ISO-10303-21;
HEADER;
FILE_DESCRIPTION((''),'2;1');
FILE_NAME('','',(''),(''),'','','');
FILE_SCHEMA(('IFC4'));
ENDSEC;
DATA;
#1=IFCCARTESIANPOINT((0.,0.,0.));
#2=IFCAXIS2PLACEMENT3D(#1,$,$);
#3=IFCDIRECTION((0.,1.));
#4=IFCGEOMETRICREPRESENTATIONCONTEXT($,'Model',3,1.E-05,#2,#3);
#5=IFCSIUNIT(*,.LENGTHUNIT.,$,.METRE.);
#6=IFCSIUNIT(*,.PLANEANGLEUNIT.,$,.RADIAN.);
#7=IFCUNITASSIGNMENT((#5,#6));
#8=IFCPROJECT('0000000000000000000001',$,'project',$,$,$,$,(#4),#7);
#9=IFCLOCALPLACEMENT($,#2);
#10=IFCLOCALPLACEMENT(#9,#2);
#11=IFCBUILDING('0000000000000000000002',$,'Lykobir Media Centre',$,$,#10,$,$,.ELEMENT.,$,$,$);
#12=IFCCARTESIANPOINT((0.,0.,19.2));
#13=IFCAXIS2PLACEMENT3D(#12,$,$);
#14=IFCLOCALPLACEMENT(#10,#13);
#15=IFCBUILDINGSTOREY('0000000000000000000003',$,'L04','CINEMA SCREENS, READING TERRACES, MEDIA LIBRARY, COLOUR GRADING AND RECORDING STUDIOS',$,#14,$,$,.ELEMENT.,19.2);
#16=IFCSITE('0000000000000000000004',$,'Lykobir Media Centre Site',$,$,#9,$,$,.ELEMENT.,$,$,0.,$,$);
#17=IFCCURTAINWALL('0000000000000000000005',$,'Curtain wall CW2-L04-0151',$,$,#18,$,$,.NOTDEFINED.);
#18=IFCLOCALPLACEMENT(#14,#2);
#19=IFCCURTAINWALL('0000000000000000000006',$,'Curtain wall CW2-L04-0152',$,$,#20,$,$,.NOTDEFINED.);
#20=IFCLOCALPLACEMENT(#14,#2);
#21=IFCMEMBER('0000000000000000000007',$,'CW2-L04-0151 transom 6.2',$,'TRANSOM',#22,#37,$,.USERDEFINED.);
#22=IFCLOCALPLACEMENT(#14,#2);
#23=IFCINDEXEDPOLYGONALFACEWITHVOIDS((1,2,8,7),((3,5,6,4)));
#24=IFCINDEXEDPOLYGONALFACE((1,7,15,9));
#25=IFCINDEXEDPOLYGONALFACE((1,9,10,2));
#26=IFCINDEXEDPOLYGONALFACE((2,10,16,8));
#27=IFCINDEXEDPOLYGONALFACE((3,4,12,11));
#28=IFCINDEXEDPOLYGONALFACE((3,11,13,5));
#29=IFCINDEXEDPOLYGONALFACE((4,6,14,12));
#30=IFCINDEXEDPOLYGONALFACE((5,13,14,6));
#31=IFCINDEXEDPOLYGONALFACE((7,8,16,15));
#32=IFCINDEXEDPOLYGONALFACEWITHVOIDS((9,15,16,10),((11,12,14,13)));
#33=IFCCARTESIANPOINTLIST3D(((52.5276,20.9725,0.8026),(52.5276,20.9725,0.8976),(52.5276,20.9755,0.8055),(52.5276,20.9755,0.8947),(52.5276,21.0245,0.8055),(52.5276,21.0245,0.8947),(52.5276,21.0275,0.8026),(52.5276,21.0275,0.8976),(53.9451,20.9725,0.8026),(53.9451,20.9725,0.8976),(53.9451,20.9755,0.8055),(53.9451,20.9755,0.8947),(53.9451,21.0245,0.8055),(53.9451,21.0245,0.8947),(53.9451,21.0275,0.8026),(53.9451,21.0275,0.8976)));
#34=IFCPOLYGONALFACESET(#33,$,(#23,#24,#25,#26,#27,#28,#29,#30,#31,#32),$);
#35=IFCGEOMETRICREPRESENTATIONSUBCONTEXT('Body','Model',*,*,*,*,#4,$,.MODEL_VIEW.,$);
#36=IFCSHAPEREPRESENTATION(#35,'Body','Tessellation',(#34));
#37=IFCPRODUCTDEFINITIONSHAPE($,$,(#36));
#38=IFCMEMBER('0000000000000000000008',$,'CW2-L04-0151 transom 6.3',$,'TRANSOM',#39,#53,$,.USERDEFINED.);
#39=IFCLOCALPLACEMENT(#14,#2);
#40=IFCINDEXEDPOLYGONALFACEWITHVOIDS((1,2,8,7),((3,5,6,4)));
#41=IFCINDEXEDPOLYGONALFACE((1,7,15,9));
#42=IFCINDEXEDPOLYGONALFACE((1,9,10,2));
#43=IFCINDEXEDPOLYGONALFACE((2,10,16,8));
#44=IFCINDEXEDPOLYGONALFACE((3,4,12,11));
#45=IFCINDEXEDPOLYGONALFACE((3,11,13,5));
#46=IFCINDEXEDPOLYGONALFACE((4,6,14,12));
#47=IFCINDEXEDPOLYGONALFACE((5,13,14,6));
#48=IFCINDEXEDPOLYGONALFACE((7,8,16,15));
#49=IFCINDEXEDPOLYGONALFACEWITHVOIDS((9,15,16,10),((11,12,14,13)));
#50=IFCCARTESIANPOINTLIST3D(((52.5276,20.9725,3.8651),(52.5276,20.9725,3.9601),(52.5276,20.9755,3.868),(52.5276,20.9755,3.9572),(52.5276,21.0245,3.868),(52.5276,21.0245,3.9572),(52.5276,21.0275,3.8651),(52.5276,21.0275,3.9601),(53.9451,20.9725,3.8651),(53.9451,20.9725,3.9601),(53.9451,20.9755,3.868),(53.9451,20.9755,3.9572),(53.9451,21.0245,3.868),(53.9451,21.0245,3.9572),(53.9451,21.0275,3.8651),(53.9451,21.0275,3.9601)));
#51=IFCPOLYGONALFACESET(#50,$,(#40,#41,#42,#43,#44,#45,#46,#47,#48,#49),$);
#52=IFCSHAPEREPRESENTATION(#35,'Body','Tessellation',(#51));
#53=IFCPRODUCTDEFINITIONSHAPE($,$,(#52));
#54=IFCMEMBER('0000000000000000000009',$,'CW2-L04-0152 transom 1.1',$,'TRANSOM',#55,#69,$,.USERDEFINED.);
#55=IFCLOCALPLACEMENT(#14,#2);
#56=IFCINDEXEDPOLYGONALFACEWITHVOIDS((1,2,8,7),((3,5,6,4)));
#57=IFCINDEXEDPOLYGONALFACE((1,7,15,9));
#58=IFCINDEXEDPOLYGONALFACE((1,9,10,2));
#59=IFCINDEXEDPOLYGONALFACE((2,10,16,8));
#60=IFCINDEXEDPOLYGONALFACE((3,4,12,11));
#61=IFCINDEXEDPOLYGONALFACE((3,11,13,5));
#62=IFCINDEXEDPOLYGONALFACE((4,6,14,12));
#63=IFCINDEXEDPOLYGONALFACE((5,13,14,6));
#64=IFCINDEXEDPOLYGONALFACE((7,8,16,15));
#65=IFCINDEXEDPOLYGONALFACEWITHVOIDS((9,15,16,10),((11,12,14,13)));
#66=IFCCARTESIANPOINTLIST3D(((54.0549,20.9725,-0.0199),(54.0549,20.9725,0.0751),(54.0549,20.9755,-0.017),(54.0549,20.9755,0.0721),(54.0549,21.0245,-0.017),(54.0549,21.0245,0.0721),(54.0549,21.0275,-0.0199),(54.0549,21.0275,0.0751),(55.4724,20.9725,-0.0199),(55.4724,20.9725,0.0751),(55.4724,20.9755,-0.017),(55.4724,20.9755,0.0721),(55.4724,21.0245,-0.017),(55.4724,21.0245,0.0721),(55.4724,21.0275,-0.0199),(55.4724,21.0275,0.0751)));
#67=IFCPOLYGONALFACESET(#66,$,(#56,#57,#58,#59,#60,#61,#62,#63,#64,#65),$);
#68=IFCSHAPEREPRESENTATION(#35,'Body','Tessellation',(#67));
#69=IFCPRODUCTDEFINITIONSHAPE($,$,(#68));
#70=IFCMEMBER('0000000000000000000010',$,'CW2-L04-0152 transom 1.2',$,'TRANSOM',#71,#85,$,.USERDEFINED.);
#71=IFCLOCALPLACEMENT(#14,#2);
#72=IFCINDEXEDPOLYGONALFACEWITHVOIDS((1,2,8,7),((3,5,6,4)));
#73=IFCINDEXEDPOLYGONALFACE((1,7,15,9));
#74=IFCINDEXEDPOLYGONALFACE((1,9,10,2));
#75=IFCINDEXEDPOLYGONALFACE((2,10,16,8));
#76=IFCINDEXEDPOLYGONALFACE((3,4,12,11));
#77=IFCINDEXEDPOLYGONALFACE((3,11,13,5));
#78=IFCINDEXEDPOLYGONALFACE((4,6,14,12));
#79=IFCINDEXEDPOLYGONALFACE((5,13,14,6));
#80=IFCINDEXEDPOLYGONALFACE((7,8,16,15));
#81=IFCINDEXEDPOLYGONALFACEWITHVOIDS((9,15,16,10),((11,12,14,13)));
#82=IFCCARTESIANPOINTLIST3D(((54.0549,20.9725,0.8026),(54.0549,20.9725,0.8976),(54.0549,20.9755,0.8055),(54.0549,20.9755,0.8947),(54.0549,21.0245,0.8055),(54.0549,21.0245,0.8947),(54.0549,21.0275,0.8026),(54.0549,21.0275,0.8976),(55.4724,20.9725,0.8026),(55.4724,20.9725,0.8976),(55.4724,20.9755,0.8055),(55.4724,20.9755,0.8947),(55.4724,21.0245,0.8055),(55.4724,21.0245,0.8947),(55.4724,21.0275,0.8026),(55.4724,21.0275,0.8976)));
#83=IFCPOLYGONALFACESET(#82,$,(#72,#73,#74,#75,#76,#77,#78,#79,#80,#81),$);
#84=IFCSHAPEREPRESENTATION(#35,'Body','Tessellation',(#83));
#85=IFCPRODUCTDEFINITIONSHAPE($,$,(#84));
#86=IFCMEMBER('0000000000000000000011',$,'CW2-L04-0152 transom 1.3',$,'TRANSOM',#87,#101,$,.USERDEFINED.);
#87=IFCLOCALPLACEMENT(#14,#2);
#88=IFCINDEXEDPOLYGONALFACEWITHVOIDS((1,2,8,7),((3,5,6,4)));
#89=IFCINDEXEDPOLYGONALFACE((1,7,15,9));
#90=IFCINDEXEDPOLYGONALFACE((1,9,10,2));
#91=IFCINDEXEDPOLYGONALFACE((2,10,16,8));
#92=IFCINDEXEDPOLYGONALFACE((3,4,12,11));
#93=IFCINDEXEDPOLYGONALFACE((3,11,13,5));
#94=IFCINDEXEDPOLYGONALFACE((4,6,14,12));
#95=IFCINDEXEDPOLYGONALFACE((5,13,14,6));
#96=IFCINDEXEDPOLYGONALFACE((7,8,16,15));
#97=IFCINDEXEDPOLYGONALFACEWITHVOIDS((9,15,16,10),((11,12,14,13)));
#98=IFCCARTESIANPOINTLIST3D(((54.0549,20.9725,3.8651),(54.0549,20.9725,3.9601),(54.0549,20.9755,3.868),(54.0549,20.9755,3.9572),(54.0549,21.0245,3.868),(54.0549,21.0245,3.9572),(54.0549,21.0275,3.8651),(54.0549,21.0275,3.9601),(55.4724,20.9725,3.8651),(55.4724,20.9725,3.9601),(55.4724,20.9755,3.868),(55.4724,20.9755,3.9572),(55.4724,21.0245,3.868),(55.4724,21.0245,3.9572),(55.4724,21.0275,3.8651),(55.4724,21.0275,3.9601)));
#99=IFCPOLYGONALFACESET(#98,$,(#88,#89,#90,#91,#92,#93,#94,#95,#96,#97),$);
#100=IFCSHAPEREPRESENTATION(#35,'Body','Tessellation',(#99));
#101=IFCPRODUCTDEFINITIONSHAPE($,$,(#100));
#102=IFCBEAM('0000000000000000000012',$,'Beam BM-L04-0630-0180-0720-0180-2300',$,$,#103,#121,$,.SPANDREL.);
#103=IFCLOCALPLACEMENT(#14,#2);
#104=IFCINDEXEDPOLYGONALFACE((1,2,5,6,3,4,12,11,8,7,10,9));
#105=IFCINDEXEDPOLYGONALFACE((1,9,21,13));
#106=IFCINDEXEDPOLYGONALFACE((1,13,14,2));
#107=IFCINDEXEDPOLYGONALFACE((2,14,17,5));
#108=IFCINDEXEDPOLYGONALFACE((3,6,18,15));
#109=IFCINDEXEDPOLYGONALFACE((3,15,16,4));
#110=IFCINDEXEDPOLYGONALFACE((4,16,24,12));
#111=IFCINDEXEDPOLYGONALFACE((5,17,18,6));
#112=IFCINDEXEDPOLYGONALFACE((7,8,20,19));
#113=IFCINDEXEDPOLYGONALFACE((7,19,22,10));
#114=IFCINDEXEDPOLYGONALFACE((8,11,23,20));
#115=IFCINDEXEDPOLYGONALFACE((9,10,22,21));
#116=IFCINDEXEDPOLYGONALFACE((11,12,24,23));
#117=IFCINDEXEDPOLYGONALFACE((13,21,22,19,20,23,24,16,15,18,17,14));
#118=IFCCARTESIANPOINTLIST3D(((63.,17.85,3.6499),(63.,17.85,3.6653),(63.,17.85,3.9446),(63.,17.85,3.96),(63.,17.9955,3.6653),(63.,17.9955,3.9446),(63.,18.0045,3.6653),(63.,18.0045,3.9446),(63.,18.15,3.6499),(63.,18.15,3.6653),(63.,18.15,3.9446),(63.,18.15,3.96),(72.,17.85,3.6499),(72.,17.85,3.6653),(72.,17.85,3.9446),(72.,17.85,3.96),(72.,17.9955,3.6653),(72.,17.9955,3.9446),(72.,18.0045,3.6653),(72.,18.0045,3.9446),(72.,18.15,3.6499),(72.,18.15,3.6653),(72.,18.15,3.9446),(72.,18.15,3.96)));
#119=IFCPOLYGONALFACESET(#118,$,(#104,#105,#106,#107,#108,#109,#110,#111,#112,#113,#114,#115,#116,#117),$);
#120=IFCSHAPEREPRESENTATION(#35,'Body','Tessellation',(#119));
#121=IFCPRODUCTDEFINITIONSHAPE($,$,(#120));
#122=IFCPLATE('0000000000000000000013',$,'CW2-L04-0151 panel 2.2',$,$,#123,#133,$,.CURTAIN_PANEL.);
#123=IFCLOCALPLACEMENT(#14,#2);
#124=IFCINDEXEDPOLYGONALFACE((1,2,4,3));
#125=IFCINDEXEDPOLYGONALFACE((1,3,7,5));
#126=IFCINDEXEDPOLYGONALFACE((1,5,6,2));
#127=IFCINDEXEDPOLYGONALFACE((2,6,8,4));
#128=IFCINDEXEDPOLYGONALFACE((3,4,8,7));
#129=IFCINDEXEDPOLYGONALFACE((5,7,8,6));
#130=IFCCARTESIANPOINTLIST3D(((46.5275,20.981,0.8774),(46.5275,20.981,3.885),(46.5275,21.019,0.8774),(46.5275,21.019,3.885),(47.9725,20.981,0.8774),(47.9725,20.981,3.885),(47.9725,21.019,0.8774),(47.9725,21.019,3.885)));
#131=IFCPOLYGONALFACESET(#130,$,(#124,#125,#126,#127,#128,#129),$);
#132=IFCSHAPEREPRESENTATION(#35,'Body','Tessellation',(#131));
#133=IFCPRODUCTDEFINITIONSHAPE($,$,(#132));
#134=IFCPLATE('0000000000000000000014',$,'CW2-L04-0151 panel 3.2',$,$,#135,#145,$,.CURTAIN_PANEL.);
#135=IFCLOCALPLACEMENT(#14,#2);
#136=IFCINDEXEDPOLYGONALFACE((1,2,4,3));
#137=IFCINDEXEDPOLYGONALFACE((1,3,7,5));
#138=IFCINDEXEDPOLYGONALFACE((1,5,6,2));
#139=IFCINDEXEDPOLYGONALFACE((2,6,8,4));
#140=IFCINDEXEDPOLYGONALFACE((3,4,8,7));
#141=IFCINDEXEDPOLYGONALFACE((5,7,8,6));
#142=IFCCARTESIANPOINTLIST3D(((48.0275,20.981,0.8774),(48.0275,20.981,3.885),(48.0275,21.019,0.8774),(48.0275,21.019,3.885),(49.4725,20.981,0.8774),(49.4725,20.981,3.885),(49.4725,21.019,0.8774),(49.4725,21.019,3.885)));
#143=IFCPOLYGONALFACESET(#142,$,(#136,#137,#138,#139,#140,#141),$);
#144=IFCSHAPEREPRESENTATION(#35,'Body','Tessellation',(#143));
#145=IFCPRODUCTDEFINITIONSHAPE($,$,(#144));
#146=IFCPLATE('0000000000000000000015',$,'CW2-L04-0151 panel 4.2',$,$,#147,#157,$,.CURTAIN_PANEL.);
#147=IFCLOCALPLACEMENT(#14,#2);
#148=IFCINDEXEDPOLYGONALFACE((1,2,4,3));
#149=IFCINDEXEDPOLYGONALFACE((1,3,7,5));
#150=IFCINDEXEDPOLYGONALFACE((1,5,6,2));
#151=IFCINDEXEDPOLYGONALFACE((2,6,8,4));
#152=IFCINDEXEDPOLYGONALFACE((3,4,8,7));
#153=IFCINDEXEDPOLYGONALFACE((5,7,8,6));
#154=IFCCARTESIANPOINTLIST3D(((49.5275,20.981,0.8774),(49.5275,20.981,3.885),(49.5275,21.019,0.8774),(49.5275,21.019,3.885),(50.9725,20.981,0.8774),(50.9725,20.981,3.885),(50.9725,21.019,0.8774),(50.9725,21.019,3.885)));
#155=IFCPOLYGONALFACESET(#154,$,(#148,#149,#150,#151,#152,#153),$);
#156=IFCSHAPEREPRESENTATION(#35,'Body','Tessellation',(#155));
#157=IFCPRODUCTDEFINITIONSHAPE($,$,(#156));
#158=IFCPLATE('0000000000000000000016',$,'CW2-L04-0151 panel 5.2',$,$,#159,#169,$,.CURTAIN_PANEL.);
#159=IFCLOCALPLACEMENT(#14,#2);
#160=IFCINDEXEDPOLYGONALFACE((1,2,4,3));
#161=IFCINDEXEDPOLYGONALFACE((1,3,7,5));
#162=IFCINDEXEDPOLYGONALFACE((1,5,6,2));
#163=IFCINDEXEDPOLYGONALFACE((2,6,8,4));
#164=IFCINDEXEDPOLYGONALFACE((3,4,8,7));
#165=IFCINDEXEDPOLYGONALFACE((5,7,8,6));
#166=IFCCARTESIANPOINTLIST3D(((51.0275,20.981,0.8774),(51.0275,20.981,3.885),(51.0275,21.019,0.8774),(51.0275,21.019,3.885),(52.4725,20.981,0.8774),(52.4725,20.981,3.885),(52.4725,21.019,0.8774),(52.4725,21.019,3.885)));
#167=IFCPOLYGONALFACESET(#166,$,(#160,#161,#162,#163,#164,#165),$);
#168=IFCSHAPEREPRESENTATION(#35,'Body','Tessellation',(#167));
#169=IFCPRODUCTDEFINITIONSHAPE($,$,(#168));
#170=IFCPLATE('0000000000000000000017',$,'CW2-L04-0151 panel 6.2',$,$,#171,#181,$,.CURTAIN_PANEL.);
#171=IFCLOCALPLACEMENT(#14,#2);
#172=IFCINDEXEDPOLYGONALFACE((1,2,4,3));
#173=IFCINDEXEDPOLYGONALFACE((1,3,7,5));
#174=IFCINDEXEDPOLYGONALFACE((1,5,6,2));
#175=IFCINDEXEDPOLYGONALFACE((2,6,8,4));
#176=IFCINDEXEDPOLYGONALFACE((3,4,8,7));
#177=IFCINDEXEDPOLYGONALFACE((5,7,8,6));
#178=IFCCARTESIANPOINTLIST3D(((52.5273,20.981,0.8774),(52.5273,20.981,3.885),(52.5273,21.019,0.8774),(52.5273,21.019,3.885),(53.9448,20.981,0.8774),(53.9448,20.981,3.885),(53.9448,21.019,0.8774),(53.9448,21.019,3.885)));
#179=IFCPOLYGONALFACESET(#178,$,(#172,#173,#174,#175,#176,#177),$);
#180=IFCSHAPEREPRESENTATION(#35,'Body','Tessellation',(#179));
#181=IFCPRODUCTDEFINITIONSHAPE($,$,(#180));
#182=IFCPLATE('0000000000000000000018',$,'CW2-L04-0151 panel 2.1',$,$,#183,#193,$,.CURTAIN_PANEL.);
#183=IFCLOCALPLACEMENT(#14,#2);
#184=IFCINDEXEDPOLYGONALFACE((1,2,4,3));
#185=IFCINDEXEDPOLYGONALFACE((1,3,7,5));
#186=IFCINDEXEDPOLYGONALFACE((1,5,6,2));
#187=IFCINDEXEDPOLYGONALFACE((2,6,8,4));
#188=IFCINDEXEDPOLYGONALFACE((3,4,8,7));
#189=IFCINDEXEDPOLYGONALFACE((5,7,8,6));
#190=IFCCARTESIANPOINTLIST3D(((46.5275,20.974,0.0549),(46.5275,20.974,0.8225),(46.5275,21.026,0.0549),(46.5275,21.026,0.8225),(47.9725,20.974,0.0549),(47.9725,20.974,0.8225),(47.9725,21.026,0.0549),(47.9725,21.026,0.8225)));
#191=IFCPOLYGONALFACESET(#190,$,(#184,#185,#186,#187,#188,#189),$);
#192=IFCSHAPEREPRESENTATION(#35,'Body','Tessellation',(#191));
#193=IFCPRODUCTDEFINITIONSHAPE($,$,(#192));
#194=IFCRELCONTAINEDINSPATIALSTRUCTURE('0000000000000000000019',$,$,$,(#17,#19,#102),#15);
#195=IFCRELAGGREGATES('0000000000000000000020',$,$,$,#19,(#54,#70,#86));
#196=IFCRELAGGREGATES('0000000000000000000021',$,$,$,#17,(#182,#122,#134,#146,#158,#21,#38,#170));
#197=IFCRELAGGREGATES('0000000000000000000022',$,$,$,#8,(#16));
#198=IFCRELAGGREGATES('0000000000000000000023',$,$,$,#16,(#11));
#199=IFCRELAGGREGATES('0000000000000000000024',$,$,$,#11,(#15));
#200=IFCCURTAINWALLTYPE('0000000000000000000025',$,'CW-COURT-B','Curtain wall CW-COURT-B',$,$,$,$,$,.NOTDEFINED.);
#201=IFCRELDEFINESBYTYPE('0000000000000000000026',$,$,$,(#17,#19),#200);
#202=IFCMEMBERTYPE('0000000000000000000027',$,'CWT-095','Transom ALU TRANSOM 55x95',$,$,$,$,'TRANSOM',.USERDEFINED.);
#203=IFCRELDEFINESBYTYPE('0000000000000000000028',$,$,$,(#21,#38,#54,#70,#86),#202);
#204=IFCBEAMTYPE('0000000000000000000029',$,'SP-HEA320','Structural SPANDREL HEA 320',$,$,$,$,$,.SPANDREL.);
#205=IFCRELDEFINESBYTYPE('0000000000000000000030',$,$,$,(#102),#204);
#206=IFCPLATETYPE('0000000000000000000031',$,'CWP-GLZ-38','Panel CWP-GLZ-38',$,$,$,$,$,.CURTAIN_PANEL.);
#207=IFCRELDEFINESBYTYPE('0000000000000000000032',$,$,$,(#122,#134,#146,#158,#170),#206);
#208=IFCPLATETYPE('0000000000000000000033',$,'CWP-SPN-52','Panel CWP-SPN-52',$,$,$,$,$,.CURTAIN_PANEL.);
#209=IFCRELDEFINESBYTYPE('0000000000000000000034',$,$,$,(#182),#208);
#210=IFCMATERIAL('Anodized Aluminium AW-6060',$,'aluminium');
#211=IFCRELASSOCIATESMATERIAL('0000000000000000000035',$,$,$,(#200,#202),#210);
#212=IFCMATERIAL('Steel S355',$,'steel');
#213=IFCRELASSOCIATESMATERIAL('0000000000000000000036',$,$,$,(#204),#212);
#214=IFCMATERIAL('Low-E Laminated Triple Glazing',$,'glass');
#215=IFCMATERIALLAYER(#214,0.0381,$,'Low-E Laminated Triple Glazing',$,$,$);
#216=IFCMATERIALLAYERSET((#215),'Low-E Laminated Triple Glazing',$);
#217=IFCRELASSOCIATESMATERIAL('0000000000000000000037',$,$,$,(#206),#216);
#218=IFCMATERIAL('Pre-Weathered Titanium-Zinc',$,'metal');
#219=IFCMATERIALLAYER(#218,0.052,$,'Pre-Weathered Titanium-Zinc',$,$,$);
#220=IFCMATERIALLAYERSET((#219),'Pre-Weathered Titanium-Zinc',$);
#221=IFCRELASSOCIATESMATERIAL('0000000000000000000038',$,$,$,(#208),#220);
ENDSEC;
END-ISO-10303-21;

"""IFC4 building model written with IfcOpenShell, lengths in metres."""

from ifc_helpers import new_model, si_unit, direction, frame, origin, origin_2d, place, context, subcontext, project, spatial, rectangle, hollow_rectangle, i_section, extrude, material, layer, layer_set, material_profile, profile_set, type_object, element, aggregate, save


model = new_model("IFC4")

# Units and contexts
model_context = context("Model", 3, precision=1e-05, world=origin(), true_north=direction((0.0, 1.0)))
body_context = subcontext(model_context, "Body", "Model", "MODEL_VIEW")
ifc_project = project(units=[si_unit("LENGTHUNIT", "METRE"), si_unit("PLANEANGLEUNIT", "RADIAN")], contexts=[model_context])

# Site, building, storey
site_placement = place(None, origin())
site = spatial("IfcSite", under=ifc_project, at=site_placement, Name="Lykobir Media Centre Site", CompositionType="ELEMENT", RefElevation=0.0)
building_placement = place(site_placement, origin())
building = spatial("IfcBuilding", under=site, at=building_placement, Name="Lykobir Media Centre", CompositionType="ELEMENT")
storey_placement = place(building_placement, frame((0.0, 0.0, 19.2)))
storey = spatial("IfcBuildingStorey", under=building, at=storey_placement, Name="L04", Description="CINEMA SCREENS, READING TERRACES, MEDIA LIBRARY, COLOUR GRADING AND RECORDING STUDIOS", CompositionType="ELEMENT", Elevation=19.2)

# Shared definitions
ifc_material_1 = material(Name="Steel S355", Category="steel")

# Curtain wall
ifc_material_2 = material(Name="Anodized Aluminium AW-6060", Category="aluminium")
curtain_wall_type = type_object("IfcCurtainWallType", Name="CW-COURT-B", Description="Curtain wall CW-COURT-B", PredefinedType="NOTDEFINED", material=ifc_material_2)
curtain_wall_1_placement = place(storey_placement, origin())
curtain_wall_1 = element("IfcCurtainWall", 1, at=curtain_wall_1_placement, inside=storey, type_object=curtain_wall_type, Name="Curtain wall CW2-L04-0151", PredefinedType="NOTDEFINED")

# Curtain wall
curtain_wall_2_placement = place(storey_placement, origin())
curtain_wall_2 = element("IfcCurtainWall", 2, at=curtain_wall_2_placement, inside=storey, type_object=curtain_wall_type, Name="Curtain wall CW2-L04-0152", PredefinedType="NOTDEFINED")

# Members
ifc_material_profile_1 = material_profile(ifc_material_2, hollow_rectangle(XDim=0.0549, YDim=0.095, WallThickness=0.0029, at=origin_2d()), Name="ALU TRANSOM 55x95")
ifc_profile_set_1 = profile_set([ifc_material_profile_1], Name="Anodized Aluminium AW-6060")
member_type_1 = type_object("IfcMemberType", Name="CWT-095", Description="Transom ALU TRANSOM 55x95", ElementType="TRANSOM", PredefinedType="USERDEFINED", material=ifc_profile_set_1)
member_1_placement = place(storey_placement, frame((52.5276, 21.0, 0.8501), z_axis=(1.0, 0.0, 0.0), x_axis=(0.0, 1.0, 0.0)))
member_1 = element("IfcMember", 3, at=member_1_placement, type_object=member_type_1, Name="CW2-L04-0151 transom 6.2", ObjectType="TRANSOM", PredefinedType="USERDEFINED", context=body_context, shape_type="SweptSolid", body=[
    extrude(hollow_rectangle(XDim=0.0549, YDim=0.095, WallThickness=0.0029, at=origin_2d()), origin(), (0.0, 0.0, 1.0), 1.4175),
])
member_2_placement = place(storey_placement, frame((52.5276, 21.0, 3.9126), z_axis=(1.0, 0.0, 0.0), x_axis=(0.0, 1.0, 0.0)))
member_2 = element("IfcMember", 4, at=member_2_placement, type_object=member_type_1, Name="CW2-L04-0151 transom 6.3", ObjectType="TRANSOM", PredefinedType="USERDEFINED", context=body_context, shape_type="SweptSolid", body=[
    extrude(hollow_rectangle(XDim=0.0549, YDim=0.095, WallThickness=0.0029, at=origin_2d()), origin(), (0.0, 0.0, 1.0), 1.4175),
])
member_3_placement = place(storey_placement, frame((54.0549, 21.0, 0.0276), z_axis=(1.0, 0.0, 0.0), x_axis=(0.0, 1.0, 0.0)))
member_3 = element("IfcMember", 5, at=member_3_placement, type_object=member_type_1, Name="CW2-L04-0152 transom 1.1", ObjectType="TRANSOM", PredefinedType="USERDEFINED", context=body_context, shape_type="SweptSolid", body=[
    extrude(hollow_rectangle(XDim=0.0549, YDim=0.095, WallThickness=0.0029, at=origin_2d()), origin(), (0.0, 0.0, 1.0), 1.4175),
])
member_4_placement = place(storey_placement, frame((54.0549, 21.0, 0.8501), z_axis=(1.0, 0.0, 0.0), x_axis=(0.0, 1.0, 0.0)))
member_4 = element("IfcMember", 6, at=member_4_placement, type_object=member_type_1, Name="CW2-L04-0152 transom 1.2", ObjectType="TRANSOM", PredefinedType="USERDEFINED", context=body_context, shape_type="SweptSolid", body=[
    extrude(hollow_rectangle(XDim=0.0549, YDim=0.095, WallThickness=0.0029, at=origin_2d()), origin(), (0.0, 0.0, 1.0), 1.4175),
])
member_5_placement = place(storey_placement, frame((54.0549, 21.0, 3.9126), z_axis=(1.0, 0.0, 0.0), x_axis=(0.0, 1.0, 0.0)))
member_5 = element("IfcMember", 7, at=member_5_placement, type_object=member_type_1, Name="CW2-L04-0152 transom 1.3", ObjectType="TRANSOM", PredefinedType="USERDEFINED", context=body_context, shape_type="SweptSolid", body=[
    extrude(hollow_rectangle(XDim=0.0549, YDim=0.095, WallThickness=0.0029, at=origin_2d()), origin(), (0.0, 0.0, 1.0), 1.4175),
])
aggregate(curtain_wall_2, [member_3, member_4, member_5])

# Beam
ifc_material_profile_2 = material_profile(ifc_material_1, i_section(OverallWidth=0.3, OverallDepth=0.3101, WebThickness=0.009, FlangeThickness=0.0154, at=origin_2d()), Name="HEA 320")
ifc_profile_set_2 = profile_set([ifc_material_profile_2], Name="Steel S355")
beam_type = type_object("IfcBeamType", Name="SP-HEA320", Description="Structural SPANDREL HEA 320", PredefinedType="SPANDREL", material=ifc_profile_set_2)
beam_placement = place(storey_placement, frame((63.0, 18.0, 3.8049), z_axis=(1.0, 0.0, 0.0), x_axis=(0.0, 1.0, 0.0)))
element("IfcBeam", 8, at=beam_placement, inside=storey, type_object=beam_type, Name="Beam BM-L04-0630-0180-0720-0180-2300", PredefinedType="SPANDREL", context=body_context, shape_type="SweptSolid", body=[
    extrude(i_section(OverallWidth=0.3, OverallDepth=0.3101, WebThickness=0.009, FlangeThickness=0.0154, at=origin_2d()), origin(), (0.0, 0.0, 1.0), 9.0),
])

# Plates
ifc_material_3 = material(Name="Low-E Laminated Triple Glazing", Category="glass")
ifc_layer_1 = layer(ifc_material_3, 0.0381, Name="Low-E Laminated Triple Glazing")
ifc_layer_set_1 = layer_set([ifc_layer_1], Name="Low-E Laminated Triple Glazing")
plate_type_1 = type_object("IfcPlateType", Name="CWP-GLZ-38", Description="Panel CWP-GLZ-38", PredefinedType="CURTAIN_PANEL", material=ifc_layer_set_1)
plate_1_placement = place(storey_placement, frame((47.25, 21.0, 0.8774), z_axis=(0.0, 0.0, 1.0), x_axis=(1.0, 0.0, 0.0)))
plate_1 = element("IfcPlate", 9, at=plate_1_placement, type_object=plate_type_1, Name="CW2-L04-0151 panel 2.2", PredefinedType="CURTAIN_PANEL", context=body_context, shape_type="SweptSolid", body=[
    extrude(rectangle(XDim=1.4451, YDim=0.0381, at=origin_2d()), origin(), (0.0, 0.0, 1.0), 3.0076),
])
plate_2_placement = place(storey_placement, frame((48.75, 21.0, 0.8774), z_axis=(0.0, 0.0, 1.0), x_axis=(1.0, 0.0, 0.0)))
plate_2 = element("IfcPlate", 10, at=plate_2_placement, type_object=plate_type_1, Name="CW2-L04-0151 panel 3.2", PredefinedType="CURTAIN_PANEL", context=body_context, shape_type="SweptSolid", body=[
    extrude(rectangle(XDim=1.4451, YDim=0.0381, at=origin_2d()), origin(), (0.0, 0.0, 1.0), 3.0076),
])
plate_3_placement = place(storey_placement, frame((50.25, 21.0, 0.8774), z_axis=(0.0, 0.0, 1.0), x_axis=(1.0, 0.0, 0.0)))
plate_3 = element("IfcPlate", 11, at=plate_3_placement, type_object=plate_type_1, Name="CW2-L04-0151 panel 4.2", PredefinedType="CURTAIN_PANEL", context=body_context, shape_type="SweptSolid", body=[
    extrude(rectangle(XDim=1.4451, YDim=0.0381, at=origin_2d()), origin(), (0.0, 0.0, 1.0), 3.0076),
])
plate_4_placement = place(storey_placement, frame((51.75, 21.0, 0.8774), z_axis=(0.0, 0.0, 1.0), x_axis=(1.0, 0.0, 0.0)))
plate_4 = element("IfcPlate", 12, at=plate_4_placement, type_object=plate_type_1, Name="CW2-L04-0151 panel 5.2", PredefinedType="CURTAIN_PANEL", context=body_context, shape_type="SweptSolid", body=[
    extrude(rectangle(XDim=1.4451, YDim=0.0381, at=origin_2d()), origin(), (0.0, 0.0, 1.0), 3.0076),
])
plate_5_placement = place(storey_placement, frame((53.2361, 21.0, 0.8774), z_axis=(0.0, 0.0, 1.0), x_axis=(1.0, 0.0, 0.0)))
plate_5 = element("IfcPlate", 13, at=plate_5_placement, type_object=plate_type_1, Name="CW2-L04-0151 panel 6.2", PredefinedType="CURTAIN_PANEL", context=body_context, shape_type="SweptSolid", body=[
    extrude(rectangle(XDim=1.4175, YDim=0.0381, at=origin_2d()), origin(), (0.0, 0.0, 1.0), 3.0076),
])
ifc_material_4 = material(Name="Pre-Weathered Titanium-Zinc", Category="metal")
ifc_layer_2 = layer(ifc_material_4, 0.052, Name="Pre-Weathered Titanium-Zinc")
ifc_layer_set_2 = layer_set([ifc_layer_2], Name="Pre-Weathered Titanium-Zinc")
plate_type_2 = type_object("IfcPlateType", Name="CWP-SPN-52", Description="Panel CWP-SPN-52", PredefinedType="CURTAIN_PANEL", material=ifc_layer_set_2)
plate_6_placement = place(storey_placement, frame((47.25, 21.0, 0.0549), z_axis=(0.0, 0.0, 1.0), x_axis=(1.0, 0.0, 0.0)))
plate_6 = element("IfcPlate", 14, at=plate_6_placement, type_object=plate_type_2, Name="CW2-L04-0151 panel 2.1", PredefinedType="CURTAIN_PANEL", context=body_context, shape_type="SweptSolid", body=[
    extrude(rectangle(XDim=1.4451, YDim=0.052, at=origin_2d()), origin(), (0.0, 0.0, 1.0), 0.7676),
])
aggregate(curtain_wall_1, [plate_6, plate_1, plate_2, plate_3, plate_4, member_1, member_2, plate_5])

save(model, "model.ifc")
